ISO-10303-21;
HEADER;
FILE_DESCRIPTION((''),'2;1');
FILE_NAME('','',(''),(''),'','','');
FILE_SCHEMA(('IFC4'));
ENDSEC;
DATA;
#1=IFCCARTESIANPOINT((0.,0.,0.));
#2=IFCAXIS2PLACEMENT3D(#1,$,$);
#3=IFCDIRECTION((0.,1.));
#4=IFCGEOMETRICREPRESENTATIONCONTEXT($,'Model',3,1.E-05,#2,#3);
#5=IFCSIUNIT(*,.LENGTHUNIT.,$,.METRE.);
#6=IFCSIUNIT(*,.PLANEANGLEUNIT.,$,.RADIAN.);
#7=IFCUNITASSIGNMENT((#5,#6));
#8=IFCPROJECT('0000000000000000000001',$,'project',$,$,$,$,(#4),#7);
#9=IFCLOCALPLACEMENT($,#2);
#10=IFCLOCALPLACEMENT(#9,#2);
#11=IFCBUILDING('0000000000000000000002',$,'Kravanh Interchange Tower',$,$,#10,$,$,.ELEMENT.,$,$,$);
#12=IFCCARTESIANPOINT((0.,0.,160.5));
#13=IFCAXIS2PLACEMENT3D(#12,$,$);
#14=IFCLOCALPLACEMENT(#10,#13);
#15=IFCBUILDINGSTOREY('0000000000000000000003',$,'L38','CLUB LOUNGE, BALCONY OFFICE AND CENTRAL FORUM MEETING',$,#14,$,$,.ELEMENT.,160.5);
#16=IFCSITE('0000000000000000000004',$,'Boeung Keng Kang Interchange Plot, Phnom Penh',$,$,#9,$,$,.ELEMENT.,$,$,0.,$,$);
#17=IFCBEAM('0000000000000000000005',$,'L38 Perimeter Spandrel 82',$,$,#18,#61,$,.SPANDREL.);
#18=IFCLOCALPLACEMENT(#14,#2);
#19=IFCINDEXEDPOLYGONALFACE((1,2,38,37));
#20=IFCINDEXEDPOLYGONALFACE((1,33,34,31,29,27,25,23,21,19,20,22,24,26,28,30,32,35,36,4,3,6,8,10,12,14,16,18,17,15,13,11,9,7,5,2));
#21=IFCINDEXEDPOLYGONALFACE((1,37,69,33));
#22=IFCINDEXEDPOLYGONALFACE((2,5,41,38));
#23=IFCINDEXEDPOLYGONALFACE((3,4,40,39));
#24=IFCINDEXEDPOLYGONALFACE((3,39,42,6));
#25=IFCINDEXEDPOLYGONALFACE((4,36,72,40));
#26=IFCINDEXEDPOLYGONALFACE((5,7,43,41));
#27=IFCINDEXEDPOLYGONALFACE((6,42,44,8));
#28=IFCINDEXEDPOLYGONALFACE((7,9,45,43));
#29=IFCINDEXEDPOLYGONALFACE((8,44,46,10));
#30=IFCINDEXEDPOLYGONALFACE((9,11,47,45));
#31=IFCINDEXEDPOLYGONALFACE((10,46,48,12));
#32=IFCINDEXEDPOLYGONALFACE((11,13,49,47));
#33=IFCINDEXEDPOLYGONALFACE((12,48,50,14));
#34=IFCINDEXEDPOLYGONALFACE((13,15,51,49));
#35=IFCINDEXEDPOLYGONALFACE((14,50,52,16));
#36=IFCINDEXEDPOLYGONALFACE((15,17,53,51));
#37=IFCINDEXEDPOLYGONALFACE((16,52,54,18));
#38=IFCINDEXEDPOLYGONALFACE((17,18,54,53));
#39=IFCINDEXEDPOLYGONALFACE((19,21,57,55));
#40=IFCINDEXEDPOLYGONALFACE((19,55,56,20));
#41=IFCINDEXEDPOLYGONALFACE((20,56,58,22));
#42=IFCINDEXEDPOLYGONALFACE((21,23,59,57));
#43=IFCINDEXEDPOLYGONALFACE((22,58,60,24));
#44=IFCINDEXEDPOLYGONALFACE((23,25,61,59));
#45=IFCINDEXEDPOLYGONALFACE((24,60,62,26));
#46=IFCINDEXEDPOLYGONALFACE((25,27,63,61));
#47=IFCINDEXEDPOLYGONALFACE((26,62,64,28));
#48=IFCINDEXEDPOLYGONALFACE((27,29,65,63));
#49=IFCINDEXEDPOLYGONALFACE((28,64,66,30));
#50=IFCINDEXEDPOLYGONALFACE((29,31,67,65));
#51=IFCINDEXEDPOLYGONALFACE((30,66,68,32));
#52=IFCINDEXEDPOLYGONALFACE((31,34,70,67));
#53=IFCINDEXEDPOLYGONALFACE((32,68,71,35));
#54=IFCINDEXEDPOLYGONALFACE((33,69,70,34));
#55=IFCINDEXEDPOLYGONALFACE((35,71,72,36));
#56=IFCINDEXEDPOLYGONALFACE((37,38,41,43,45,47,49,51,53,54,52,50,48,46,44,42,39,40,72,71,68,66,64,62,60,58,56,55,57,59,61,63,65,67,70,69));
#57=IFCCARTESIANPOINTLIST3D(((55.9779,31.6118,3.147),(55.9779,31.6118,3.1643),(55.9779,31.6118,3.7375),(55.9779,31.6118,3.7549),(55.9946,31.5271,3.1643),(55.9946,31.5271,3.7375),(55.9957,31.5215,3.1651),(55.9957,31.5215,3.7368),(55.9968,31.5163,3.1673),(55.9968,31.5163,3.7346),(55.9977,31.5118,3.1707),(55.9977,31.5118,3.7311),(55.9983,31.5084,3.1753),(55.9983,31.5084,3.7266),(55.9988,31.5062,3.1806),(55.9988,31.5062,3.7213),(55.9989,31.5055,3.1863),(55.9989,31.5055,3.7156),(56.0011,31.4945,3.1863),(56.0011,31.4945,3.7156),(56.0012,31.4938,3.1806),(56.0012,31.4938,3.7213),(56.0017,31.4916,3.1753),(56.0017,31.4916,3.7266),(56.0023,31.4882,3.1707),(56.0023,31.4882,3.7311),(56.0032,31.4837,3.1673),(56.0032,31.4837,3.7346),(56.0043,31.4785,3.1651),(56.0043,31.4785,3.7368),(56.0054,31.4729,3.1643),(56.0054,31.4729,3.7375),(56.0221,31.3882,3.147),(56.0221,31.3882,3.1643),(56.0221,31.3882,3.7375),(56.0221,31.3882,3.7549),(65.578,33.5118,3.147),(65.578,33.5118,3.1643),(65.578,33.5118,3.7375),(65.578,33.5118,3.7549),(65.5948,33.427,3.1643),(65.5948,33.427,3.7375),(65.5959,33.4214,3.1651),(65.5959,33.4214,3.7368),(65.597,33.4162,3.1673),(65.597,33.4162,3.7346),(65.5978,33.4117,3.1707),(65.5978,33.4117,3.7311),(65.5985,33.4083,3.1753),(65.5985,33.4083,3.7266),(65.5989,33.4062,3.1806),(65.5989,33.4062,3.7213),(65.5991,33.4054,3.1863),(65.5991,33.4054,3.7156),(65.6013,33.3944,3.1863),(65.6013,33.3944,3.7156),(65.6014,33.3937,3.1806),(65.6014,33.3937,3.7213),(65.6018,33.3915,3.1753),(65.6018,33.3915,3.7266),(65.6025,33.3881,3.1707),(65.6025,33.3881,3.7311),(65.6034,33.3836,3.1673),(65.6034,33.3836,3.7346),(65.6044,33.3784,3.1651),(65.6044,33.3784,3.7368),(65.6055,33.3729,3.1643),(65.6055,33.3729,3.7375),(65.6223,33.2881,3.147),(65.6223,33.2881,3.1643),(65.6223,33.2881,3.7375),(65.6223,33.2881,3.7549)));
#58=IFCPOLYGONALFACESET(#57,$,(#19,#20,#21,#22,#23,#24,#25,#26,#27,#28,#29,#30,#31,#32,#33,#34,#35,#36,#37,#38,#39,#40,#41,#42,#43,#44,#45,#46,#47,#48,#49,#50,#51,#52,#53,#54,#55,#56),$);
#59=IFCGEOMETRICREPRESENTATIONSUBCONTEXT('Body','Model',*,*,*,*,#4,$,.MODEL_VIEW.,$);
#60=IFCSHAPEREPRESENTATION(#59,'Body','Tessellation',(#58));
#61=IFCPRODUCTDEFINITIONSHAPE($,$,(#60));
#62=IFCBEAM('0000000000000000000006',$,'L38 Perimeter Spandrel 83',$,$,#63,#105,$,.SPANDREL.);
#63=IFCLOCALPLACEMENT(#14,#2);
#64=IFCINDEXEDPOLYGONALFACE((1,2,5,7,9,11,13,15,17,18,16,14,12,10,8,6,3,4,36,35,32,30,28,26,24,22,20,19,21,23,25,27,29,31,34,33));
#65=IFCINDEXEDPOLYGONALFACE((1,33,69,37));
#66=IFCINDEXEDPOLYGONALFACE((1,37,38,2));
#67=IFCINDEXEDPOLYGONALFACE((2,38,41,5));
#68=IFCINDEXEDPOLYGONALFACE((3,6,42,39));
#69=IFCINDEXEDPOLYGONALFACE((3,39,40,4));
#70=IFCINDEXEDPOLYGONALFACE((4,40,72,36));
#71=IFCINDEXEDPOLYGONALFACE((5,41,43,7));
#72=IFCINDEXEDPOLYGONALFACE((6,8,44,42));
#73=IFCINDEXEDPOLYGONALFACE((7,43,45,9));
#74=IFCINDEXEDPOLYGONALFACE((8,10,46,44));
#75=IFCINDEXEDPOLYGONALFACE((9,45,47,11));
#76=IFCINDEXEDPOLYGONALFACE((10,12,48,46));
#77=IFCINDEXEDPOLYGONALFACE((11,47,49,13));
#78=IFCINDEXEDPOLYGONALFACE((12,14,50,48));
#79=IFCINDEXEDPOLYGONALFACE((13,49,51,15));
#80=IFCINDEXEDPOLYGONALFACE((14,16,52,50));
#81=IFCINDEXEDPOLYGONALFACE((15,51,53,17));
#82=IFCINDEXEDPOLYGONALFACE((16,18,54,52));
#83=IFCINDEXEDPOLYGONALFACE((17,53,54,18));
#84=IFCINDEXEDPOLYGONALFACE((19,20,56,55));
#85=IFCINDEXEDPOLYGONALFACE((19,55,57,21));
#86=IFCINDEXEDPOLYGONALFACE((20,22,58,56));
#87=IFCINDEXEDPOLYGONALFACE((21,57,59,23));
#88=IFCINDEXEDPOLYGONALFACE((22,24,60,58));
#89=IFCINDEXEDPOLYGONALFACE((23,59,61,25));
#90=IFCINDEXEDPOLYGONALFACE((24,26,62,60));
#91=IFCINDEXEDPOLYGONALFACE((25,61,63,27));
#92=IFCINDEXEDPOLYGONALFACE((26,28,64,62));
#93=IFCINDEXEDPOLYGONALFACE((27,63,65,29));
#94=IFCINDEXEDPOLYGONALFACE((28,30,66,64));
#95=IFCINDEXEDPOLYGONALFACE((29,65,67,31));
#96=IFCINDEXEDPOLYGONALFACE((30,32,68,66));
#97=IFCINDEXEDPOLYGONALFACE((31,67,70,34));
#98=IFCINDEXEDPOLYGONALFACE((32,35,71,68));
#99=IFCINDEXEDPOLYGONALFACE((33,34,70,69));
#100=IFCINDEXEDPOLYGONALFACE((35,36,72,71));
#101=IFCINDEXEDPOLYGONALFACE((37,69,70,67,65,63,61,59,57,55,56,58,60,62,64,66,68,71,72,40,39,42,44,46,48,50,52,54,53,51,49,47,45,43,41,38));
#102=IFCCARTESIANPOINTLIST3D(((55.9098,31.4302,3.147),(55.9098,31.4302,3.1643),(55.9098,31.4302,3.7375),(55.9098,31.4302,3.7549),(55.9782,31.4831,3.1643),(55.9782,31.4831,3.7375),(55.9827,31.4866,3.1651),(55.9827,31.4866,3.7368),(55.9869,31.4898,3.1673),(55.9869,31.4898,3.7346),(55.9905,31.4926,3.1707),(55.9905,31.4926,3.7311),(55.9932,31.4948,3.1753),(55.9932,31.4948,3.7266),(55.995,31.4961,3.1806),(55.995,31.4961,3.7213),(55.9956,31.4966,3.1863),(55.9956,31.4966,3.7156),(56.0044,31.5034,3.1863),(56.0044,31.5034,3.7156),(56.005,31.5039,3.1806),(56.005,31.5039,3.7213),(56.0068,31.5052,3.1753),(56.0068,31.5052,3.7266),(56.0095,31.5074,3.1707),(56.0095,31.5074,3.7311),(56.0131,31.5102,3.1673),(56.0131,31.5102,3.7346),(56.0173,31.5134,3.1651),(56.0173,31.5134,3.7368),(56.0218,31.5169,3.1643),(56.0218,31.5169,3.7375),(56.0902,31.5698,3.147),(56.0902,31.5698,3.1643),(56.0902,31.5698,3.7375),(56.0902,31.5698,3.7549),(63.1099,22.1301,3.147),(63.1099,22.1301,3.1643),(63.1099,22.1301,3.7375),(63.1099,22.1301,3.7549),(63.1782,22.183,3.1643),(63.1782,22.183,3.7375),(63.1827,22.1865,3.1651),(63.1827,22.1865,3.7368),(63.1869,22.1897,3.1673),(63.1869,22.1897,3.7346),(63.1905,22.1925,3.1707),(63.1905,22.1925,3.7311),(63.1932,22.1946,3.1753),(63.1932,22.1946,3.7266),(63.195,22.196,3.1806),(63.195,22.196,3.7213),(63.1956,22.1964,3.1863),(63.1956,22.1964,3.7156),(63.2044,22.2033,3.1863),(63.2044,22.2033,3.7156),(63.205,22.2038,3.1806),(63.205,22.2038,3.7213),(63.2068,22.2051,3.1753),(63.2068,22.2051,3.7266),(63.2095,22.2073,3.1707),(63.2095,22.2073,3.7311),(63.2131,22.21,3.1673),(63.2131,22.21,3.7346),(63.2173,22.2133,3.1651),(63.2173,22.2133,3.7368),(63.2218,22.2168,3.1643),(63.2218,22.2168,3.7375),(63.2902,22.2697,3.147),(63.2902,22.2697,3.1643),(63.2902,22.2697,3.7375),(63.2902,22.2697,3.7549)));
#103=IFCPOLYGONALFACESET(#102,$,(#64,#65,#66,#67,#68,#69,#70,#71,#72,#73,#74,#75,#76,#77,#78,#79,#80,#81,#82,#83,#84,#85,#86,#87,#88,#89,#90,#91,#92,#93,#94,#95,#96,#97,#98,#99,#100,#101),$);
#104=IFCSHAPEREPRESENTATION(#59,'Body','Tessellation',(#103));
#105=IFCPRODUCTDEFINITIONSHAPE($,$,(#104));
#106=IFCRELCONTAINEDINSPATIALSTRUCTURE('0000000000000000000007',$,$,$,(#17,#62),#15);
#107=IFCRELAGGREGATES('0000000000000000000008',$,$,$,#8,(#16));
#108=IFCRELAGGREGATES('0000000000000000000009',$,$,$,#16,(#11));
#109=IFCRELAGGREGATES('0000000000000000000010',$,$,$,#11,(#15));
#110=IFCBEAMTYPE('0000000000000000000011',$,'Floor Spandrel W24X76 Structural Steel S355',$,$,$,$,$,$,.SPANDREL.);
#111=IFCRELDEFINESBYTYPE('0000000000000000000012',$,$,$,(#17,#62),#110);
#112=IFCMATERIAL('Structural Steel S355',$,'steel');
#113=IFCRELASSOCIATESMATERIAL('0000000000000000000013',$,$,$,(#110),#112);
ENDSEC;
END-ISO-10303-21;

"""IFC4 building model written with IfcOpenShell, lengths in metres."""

from ifc_helpers import new_model, si_unit, direction, frame, origin, origin_2d, place, context, subcontext, project, spatial, i_section, extrude, material, material_profile, profile_set, type_object, element, save


model = new_model("IFC4")

# Units and contexts
model_context = context("Model", 3, precision=1e-05, world=origin(), true_north=direction((0.0, 1.0)))
body_context = subcontext(model_context, "Body", "Model", "MODEL_VIEW")
ifc_project = project(units=[si_unit("LENGTHUNIT", "METRE"), si_unit("PLANEANGLEUNIT", "RADIAN")], contexts=[model_context])

# Site, building, storey
site_placement = place(None, origin())
site = spatial("IfcSite", under=ifc_project, at=site_placement, Name="Boeung Keng Kang Interchange Plot, Phnom Penh", CompositionType="ELEMENT", RefElevation=0.0)
building_placement = place(site_placement, origin())
building = spatial("IfcBuilding", under=site, at=building_placement, Name="Kravanh Interchange Tower", CompositionType="ELEMENT")
storey_placement = place(building_placement, frame((0.0, 0.0, 160.5)))
storey = spatial("IfcBuildingStorey", under=building, at=storey_placement, Name="L38", Description="CLUB LOUNGE, BALCONY OFFICE AND CENTRAL FORUM MEETING", CompositionType="ELEMENT", Elevation=160.5)

# Beams
ifc_material_1 = material(Name="Structural Steel S355", Category="steel")
ifc_material_profile_1 = material_profile(ifc_material_1, i_section(OverallWidth=0.228, OverallDepth=0.6079, WebThickness=0.0112, FlangeThickness=0.0173, FilletRadius=0.022, at=origin_2d()), Name="W24X76")
ifc_profile_set_1 = profile_set([ifc_material_profile_1], Name="Structural Steel S355")
beam_type_1 = type_object("IfcBeamType", Name="Floor Spandrel W24X76 Structural Steel S355", PredefinedType="SPANDREL", material=ifc_profile_set_1)
beam_1_placement = place(storey_placement, frame((56.0, 31.5, 3.4509), z_axis=(0.980974, 0.194139, 0.0), x_axis=(-0.194139, 0.980974, 0.0)))
element("IfcBeam", 1, at=beam_1_placement, inside=storey, type_object=beam_type_1, Name="L38 Perimeter Spandrel 82", PredefinedType="SPANDREL", context=body_context, shape_type="SweptSolid", body=[
    extrude(i_section(OverallWidth=0.228, OverallDepth=0.6079, WebThickness=0.0112, FlangeThickness=0.0173, FilletRadius=0.022, at=origin_2d()), origin(), (0.0, 0.0, 1.0), 9.7864),
])
beam_2_placement = place(storey_placement, frame((56.0, 31.5, 3.4509), z_axis=(0.612169, -0.790727, 0.0), x_axis=(0.790727, 0.612169, 0.0)))
element("IfcBeam", 2, at=beam_2_placement, inside=storey, type_object=beam_type_1, Name="L38 Perimeter Spandrel 83", PredefinedType="SPANDREL", context=body_context, shape_type="SweptSolid", body=[
    extrude(i_section(OverallWidth=0.228, OverallDepth=0.6079, WebThickness=0.0112, FlangeThickness=0.0173, FilletRadius=0.022, at=origin_2d()), origin(), (0.0, 0.0, 1.0), 11.7615),
])

save(model, "model.ifc")
